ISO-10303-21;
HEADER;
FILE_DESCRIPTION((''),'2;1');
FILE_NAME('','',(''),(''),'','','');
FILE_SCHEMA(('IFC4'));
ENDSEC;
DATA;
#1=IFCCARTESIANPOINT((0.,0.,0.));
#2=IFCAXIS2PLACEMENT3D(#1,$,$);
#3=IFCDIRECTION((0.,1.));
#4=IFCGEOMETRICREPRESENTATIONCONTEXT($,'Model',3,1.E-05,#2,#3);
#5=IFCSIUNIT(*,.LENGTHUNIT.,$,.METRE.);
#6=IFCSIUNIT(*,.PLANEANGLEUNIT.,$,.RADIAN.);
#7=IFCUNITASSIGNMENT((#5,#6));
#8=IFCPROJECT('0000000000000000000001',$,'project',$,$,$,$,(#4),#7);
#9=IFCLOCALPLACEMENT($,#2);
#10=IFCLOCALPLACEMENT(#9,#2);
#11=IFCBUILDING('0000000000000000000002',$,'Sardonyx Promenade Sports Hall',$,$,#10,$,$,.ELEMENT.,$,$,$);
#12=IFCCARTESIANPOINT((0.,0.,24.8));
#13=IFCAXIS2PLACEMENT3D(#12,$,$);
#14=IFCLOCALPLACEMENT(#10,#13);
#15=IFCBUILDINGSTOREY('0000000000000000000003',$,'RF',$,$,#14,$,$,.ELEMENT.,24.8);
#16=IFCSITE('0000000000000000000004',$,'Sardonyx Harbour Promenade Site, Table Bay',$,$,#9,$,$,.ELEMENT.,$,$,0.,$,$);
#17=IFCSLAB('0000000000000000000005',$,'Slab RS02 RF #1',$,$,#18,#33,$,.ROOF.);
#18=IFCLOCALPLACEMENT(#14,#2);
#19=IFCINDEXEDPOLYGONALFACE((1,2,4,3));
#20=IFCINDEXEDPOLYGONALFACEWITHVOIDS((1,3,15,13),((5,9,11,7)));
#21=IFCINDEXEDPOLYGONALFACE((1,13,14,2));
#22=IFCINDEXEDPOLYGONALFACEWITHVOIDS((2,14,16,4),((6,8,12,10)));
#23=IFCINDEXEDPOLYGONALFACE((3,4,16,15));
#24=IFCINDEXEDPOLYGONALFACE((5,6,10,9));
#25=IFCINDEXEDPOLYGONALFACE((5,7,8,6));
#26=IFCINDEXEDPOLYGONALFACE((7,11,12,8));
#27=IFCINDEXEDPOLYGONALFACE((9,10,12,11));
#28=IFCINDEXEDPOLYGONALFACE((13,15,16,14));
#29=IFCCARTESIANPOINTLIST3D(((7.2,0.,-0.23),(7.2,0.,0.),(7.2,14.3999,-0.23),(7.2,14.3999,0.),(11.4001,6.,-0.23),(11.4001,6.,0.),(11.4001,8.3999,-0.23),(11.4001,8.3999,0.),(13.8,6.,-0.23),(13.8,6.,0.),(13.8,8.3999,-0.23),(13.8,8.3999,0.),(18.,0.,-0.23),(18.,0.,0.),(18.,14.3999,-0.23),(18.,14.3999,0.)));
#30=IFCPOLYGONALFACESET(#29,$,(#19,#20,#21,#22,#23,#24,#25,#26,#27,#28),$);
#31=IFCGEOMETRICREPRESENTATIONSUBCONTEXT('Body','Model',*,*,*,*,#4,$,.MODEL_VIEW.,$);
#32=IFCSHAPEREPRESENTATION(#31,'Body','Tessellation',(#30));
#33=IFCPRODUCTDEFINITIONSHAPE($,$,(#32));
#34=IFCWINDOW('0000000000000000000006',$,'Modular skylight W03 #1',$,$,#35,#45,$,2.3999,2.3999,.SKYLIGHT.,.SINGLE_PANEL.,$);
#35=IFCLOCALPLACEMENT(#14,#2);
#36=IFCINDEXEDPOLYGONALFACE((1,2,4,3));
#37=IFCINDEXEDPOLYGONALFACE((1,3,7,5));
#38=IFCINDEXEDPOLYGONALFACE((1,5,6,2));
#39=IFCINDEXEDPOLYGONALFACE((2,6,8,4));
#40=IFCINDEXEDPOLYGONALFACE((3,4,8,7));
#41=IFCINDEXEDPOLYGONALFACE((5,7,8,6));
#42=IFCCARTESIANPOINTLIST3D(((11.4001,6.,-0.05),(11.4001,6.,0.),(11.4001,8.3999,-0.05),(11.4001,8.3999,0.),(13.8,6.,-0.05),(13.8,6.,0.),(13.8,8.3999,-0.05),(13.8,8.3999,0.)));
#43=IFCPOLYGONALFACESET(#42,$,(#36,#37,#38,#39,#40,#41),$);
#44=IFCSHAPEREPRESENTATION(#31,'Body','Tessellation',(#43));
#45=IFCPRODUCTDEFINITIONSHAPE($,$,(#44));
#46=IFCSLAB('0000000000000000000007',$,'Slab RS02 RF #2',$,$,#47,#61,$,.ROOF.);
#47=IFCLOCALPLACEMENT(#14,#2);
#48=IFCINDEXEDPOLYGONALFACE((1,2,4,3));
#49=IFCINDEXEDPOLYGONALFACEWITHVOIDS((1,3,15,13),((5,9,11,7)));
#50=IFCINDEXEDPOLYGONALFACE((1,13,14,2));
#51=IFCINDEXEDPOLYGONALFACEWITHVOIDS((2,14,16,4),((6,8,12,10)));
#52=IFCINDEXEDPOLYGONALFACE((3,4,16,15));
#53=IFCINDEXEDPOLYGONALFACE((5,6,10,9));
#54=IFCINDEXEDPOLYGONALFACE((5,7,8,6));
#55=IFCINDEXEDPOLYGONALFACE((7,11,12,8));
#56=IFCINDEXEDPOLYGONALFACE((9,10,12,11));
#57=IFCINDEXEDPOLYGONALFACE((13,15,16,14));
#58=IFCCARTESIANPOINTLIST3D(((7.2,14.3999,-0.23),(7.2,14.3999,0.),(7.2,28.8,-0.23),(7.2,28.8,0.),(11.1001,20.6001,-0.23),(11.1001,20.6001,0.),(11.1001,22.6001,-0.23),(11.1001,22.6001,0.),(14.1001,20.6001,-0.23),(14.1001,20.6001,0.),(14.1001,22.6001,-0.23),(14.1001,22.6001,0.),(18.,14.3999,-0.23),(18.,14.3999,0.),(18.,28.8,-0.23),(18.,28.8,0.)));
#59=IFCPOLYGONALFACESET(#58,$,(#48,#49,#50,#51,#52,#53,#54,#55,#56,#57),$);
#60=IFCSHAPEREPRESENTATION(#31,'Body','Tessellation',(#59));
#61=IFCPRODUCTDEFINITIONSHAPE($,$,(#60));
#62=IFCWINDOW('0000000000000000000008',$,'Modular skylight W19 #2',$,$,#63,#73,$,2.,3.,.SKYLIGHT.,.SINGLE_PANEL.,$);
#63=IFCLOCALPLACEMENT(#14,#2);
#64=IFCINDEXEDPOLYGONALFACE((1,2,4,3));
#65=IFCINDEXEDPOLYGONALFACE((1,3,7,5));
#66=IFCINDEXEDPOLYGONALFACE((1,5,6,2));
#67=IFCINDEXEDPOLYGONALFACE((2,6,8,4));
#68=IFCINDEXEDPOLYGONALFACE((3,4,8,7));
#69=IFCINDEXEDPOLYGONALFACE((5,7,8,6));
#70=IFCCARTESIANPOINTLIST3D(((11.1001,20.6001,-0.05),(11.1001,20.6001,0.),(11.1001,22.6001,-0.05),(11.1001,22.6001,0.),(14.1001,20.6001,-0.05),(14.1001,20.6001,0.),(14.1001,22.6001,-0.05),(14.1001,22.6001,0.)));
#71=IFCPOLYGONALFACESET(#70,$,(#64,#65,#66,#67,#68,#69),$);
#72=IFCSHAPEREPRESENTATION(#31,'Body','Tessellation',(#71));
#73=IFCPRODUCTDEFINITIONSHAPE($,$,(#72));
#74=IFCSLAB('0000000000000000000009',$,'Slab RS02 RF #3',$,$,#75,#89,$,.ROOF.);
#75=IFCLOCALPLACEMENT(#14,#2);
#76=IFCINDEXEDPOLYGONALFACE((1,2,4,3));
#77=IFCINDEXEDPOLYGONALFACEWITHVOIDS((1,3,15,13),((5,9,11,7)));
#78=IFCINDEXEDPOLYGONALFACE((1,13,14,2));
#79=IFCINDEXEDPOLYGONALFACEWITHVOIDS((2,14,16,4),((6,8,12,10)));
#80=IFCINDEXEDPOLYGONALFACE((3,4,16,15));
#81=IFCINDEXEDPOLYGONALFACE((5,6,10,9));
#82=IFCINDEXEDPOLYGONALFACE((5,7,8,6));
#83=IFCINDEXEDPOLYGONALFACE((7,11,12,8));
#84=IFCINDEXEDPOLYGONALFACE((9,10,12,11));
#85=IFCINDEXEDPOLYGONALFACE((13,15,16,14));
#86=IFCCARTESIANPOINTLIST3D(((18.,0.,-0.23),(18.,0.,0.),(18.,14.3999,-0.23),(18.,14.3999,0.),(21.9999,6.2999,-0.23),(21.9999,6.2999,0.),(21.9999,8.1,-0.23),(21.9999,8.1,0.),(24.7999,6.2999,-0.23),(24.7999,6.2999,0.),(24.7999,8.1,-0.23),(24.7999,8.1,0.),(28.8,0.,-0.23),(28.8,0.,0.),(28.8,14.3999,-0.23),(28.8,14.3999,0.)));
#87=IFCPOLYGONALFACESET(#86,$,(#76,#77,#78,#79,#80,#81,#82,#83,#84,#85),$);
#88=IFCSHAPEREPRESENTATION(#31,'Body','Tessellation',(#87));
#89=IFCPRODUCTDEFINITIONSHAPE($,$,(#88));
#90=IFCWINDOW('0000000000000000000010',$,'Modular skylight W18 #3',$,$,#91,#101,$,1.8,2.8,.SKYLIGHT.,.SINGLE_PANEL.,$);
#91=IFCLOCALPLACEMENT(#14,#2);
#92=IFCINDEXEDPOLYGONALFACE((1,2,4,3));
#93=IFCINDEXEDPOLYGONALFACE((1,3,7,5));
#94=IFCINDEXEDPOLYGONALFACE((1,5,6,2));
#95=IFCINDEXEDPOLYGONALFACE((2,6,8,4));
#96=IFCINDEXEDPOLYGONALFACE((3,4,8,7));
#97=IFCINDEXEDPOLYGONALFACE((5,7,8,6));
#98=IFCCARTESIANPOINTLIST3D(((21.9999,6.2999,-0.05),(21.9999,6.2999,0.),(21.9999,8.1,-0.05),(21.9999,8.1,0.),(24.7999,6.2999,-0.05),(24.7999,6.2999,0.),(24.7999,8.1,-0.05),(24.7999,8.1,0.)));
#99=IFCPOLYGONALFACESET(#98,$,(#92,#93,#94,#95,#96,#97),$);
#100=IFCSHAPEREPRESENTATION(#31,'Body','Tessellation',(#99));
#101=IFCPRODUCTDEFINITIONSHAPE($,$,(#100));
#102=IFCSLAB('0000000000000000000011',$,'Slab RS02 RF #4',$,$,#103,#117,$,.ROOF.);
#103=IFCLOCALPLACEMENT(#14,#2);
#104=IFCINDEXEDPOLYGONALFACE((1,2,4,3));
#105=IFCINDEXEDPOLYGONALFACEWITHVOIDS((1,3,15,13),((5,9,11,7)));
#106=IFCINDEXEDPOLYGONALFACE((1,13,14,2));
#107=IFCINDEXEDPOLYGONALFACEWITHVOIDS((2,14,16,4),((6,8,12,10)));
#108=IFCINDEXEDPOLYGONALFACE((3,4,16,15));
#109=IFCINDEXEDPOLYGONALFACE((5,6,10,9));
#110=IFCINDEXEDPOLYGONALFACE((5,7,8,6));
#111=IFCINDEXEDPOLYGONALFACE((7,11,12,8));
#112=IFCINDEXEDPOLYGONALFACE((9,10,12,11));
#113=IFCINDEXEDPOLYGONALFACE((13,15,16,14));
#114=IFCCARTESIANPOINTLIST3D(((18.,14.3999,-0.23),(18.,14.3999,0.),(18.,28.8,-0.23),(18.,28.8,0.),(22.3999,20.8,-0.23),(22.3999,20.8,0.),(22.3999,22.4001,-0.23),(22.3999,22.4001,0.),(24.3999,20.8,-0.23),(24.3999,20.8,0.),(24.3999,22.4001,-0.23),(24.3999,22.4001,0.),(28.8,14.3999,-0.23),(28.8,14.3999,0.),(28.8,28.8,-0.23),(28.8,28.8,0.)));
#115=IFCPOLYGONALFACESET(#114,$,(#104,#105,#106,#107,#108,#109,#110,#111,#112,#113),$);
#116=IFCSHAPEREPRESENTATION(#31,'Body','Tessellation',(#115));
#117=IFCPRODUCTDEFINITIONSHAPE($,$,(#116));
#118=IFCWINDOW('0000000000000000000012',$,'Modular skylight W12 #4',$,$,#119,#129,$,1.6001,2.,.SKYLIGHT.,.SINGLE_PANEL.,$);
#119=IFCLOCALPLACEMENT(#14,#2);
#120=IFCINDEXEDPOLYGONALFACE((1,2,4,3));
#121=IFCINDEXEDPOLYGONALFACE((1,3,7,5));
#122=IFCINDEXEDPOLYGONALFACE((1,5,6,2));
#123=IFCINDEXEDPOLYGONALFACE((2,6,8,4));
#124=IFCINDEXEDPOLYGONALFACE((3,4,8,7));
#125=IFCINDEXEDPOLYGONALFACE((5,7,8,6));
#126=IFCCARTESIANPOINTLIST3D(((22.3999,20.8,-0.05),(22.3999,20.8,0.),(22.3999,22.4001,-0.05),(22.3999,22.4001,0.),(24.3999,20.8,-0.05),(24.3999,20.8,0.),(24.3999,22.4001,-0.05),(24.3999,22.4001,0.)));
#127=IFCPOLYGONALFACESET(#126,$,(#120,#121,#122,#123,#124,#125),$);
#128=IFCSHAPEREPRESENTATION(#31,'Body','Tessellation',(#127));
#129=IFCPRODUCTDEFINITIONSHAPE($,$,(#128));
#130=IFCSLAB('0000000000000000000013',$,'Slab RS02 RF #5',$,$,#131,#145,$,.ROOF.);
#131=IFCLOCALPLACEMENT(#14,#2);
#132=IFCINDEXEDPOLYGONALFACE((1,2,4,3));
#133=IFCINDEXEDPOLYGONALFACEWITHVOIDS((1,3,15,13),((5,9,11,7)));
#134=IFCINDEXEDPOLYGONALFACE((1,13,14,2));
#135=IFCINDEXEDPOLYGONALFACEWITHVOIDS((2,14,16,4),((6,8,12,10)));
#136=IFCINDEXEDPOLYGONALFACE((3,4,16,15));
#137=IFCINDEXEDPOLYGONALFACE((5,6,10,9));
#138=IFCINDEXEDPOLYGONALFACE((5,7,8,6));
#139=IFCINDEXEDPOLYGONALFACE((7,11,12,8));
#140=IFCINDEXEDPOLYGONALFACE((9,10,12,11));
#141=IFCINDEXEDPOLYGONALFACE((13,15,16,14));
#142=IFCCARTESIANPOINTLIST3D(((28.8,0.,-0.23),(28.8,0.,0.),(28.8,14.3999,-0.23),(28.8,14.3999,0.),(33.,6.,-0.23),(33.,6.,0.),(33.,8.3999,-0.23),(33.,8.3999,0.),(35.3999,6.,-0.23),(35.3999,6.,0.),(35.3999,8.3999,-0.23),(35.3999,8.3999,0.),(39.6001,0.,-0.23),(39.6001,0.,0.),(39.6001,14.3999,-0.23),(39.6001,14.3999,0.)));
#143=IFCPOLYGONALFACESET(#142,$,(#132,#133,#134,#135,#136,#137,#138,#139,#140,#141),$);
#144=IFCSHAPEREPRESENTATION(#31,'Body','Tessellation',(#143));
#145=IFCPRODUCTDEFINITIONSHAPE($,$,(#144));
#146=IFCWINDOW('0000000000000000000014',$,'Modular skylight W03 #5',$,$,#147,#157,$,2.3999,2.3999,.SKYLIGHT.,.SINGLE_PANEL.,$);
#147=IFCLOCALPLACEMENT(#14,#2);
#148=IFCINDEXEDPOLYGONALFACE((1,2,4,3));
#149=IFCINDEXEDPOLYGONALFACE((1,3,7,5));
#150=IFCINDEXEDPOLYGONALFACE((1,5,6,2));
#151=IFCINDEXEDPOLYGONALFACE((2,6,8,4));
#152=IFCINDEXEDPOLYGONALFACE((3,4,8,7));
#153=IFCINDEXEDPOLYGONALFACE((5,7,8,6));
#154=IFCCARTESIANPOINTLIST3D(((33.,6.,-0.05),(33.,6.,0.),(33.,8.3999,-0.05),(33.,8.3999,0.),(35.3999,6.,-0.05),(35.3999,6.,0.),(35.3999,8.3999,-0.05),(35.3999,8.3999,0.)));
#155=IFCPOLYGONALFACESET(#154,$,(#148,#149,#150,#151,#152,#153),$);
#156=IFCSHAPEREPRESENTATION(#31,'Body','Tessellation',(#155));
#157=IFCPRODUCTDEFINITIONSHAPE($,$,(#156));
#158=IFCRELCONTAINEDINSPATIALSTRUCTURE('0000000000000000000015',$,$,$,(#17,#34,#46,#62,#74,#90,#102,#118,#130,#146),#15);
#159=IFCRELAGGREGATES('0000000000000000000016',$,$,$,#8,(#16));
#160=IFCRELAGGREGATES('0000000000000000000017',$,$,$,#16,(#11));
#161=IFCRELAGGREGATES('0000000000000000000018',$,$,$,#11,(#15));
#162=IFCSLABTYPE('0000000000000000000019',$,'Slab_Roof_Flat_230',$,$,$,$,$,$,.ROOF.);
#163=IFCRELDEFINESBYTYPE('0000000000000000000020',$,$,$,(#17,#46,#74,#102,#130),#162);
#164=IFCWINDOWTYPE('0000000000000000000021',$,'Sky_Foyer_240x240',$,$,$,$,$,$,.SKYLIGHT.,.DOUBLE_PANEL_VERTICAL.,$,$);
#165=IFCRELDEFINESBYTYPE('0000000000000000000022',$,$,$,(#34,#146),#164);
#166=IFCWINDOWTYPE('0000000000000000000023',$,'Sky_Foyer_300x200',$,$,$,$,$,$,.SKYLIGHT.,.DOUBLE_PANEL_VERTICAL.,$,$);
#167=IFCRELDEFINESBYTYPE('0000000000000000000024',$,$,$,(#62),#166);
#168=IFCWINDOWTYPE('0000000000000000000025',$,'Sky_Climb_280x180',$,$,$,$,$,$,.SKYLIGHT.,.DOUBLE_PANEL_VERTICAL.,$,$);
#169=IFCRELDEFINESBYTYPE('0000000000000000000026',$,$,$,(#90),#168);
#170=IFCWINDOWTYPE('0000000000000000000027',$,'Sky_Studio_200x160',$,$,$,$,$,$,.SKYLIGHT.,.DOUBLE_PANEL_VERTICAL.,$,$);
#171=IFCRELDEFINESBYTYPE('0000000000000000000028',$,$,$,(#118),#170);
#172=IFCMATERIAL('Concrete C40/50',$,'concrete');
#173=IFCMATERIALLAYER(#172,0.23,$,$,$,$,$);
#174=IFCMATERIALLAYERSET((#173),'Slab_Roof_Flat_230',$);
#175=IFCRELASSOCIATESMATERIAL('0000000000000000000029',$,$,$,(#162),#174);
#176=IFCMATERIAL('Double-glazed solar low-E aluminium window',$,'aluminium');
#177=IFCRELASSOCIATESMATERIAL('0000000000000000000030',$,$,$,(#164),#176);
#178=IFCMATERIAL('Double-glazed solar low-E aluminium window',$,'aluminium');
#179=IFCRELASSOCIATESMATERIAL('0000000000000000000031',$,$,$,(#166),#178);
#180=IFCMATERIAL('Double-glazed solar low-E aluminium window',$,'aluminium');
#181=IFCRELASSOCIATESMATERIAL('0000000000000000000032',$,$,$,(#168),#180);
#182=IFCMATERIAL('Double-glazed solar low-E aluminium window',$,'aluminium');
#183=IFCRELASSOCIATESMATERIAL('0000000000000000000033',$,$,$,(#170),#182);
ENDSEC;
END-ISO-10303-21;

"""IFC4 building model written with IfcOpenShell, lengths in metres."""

from ifc_helpers import new_model, si_unit, direction, frame, origin, origin_2d, place, context, subcontext, project, spatial, polyline, rectangle, outline, extrude, material, layer, layer_set, type_object, element, fill, save


model = new_model("IFC4")

# Units and contexts
model_context = context("Model", 3, precision=1e-05, world=origin(), true_north=direction((0.0, 1.0)))
body_context = subcontext(model_context, "Body", "Model", "MODEL_VIEW")
ifc_project = project(units=[si_unit("LENGTHUNIT", "METRE"), si_unit("PLANEANGLEUNIT", "RADIAN")], contexts=[model_context])

# Site, building, storey
site_placement = place(None, origin())
site = spatial("IfcSite", under=ifc_project, at=site_placement, Name="Sardonyx Harbour Promenade Site, Table Bay", CompositionType="ELEMENT", RefElevation=0.0)
building_placement = place(site_placement, origin())
building = spatial("IfcBuilding", under=site, at=building_placement, Name="Sardonyx Promenade Sports Hall", CompositionType="ELEMENT")
storey_placement = place(building_placement, frame((0.0, 0.0, 24.8)))
storey = spatial("IfcBuildingStorey", under=building, at=storey_placement, Name="RF", CompositionType="ELEMENT", Elevation=24.8)

# Slabs, openings, windows
ifc_material_1 = material(Name="Concrete C40/50", Category="concrete")
ifc_layer_1 = layer(ifc_material_1, 0.23)
ifc_layer_set_1 = layer_set([ifc_layer_1], Name="Slab_Roof_Flat_230")
slab_type = type_object("IfcSlabType", Name="Slab_Roof_Flat_230", PredefinedType="ROOF", material=ifc_layer_set_1)
slab_1_placement = place(storey_placement, frame((0.0, 0.0, -0.23)))
slab_1 = element("IfcSlab", 1, at=slab_1_placement, inside=storey, type_object=slab_type, Name="Slab RS02 RF #1", PredefinedType="ROOF", context=body_context, shape_type="SweptSolid", body=[
    extrude(outline(polyline([(7.2, 0.0), (18.0, 0.0), (18.0, 14.3999), (7.2, 14.3999), (7.2, 0.0)])), origin(), (0.0, 0.0, 1.0), 0.23),
])
opening_1_placement = place(slab_1_placement, frame((12.6001, 7.2, 0.0)))
opening_1 = element("IfcOpeningElement", 2, at=opening_1_placement, cuts=slab_1, PredefinedType="OPENING", context=body_context, shape_type="SweptSolid", body=[
    extrude(rectangle(XDim=2.3999, YDim=2.3999, at=origin_2d()), origin(), (0.0, 0.0, 1.0), 0.23),
])
ifc_material_2 = material(Name="Double-glazed solar low-E aluminium window", Category="aluminium")
window_type_1 = type_object("IfcWindowType", Name="Sky_Foyer_240x240", PartitioningType="DOUBLE_PANEL_VERTICAL", PredefinedType="SKYLIGHT", material=ifc_material_2)
window_1_placement = place(opening_1_placement, frame((0.0, 0.0, 0.1799)))
window_1 = element("IfcWindow", 3, at=window_1_placement, inside=storey, type_object=window_type_1, Name="Modular skylight W03 #1", OverallHeight=2.3999, OverallWidth=2.3999, PartitioningType="SINGLE_PANEL", PredefinedType="SKYLIGHT", context=body_context, shape_type="SweptSolid", body=[
    extrude(rectangle(XDim=2.3999, YDim=2.3999, at=origin_2d()), origin(), (0.0, 0.0, 1.0), 0.05),
])
fill(opening_1, window_1)
slab_2_placement = place(storey_placement, frame((0.0, 0.0, -0.23)))
slab_2 = element("IfcSlab", 4, at=slab_2_placement, inside=storey, type_object=slab_type, Name="Slab RS02 RF #2", PredefinedType="ROOF", context=body_context, shape_type="SweptSolid", body=[
    extrude(outline(polyline([(7.2, 14.3999), (18.0, 14.3999), (18.0, 28.8), (7.2, 28.8), (7.2, 14.3999)])), origin(), (0.0, 0.0, 1.0), 0.23),
])
opening_2_placement = place(slab_2_placement, frame((12.6001, 21.6001, 0.0)))
opening_2 = element("IfcOpeningElement", 5, at=opening_2_placement, cuts=slab_2, PredefinedType="OPENING", context=body_context, shape_type="SweptSolid", body=[
    extrude(rectangle(XDim=3.0, YDim=2.0, at=origin_2d()), origin(), (0.0, 0.0, 1.0), 0.23),
])
ifc_material_3 = material(Name="Double-glazed solar low-E aluminium window", Category="aluminium")
window_type_2 = type_object("IfcWindowType", Name="Sky_Foyer_300x200", PartitioningType="DOUBLE_PANEL_VERTICAL", PredefinedType="SKYLIGHT", material=ifc_material_3)
window_2_placement = place(opening_2_placement, frame((0.0, 0.0, 0.1799)))
window_2 = element("IfcWindow", 6, at=window_2_placement, inside=storey, type_object=window_type_2, Name="Modular skylight W19 #2", OverallHeight=2.0, OverallWidth=3.0, PartitioningType="SINGLE_PANEL", PredefinedType="SKYLIGHT", context=body_context, shape_type="SweptSolid", body=[
    extrude(rectangle(XDim=3.0, YDim=2.0, at=origin_2d()), origin(), (0.0, 0.0, 1.0), 0.05),
])
fill(opening_2, window_2)
slab_3_placement = place(storey_placement, frame((0.0, 0.0, -0.23)))
slab_3 = element("IfcSlab", 7, at=slab_3_placement, inside=storey, type_object=slab_type, Name="Slab RS02 RF #3", PredefinedType="ROOF", context=body_context, shape_type="SweptSolid", body=[
    extrude(outline(polyline([(18.0, 0.0), (28.8, 0.0), (28.8, 14.3999), (18.0, 14.3999), (18.0, 0.0)])), origin(), (0.0, 0.0, 1.0), 0.23),
])
opening_3_placement = place(slab_3_placement, frame((23.3999, 7.2, 0.0)))
opening_3 = element("IfcOpeningElement", 8, at=opening_3_placement, cuts=slab_3, PredefinedType="OPENING", context=body_context, shape_type="SweptSolid", body=[
    extrude(rectangle(XDim=2.8, YDim=1.8, at=origin_2d()), origin(), (0.0, 0.0, 1.0), 0.23),
])
ifc_material_4 = material(Name="Double-glazed solar low-E aluminium window", Category="aluminium")
window_type_3 = type_object("IfcWindowType", Name="Sky_Climb_280x180", PartitioningType="DOUBLE_PANEL_VERTICAL", PredefinedType="SKYLIGHT", material=ifc_material_4)
window_3_placement = place(opening_3_placement, frame((0.0, 0.0, 0.1799)))
window_3 = element("IfcWindow", 9, at=window_3_placement, inside=storey, type_object=window_type_3, Name="Modular skylight W18 #3", OverallHeight=1.8, OverallWidth=2.8, PartitioningType="SINGLE_PANEL", PredefinedType="SKYLIGHT", context=body_context, shape_type="SweptSolid", body=[
    extrude(rectangle(XDim=2.8, YDim=1.8, at=origin_2d()), origin(), (0.0, 0.0, 1.0), 0.05),
])
fill(opening_3, window_3)
slab_4_placement = place(storey_placement, frame((0.0, 0.0, -0.23)))
slab_4 = element("IfcSlab", 10, at=slab_4_placement, inside=storey, type_object=slab_type, Name="Slab RS02 RF #4", PredefinedType="ROOF", context=body_context, shape_type="SweptSolid", body=[
    extrude(outline(polyline([(18.0, 14.3999), (28.8, 14.3999), (28.8, 28.8), (18.0, 28.8), (18.0, 14.3999)])), origin(), (0.0, 0.0, 1.0), 0.23),
])
opening_4_placement = place(slab_4_placement, frame((23.3999, 21.6001, 0.0)))
opening_4 = element("IfcOpeningElement", 11, at=opening_4_placement, cuts=slab_4, PredefinedType="OPENING", context=body_context, shape_type="SweptSolid", body=[
    extrude(rectangle(XDim=2.0, YDim=1.6001, at=origin_2d()), origin(), (0.0, 0.0, 1.0), 0.23),
])
ifc_material_5 = material(Name="Double-glazed solar low-E aluminium window", Category="aluminium")
window_type_4 = type_object("IfcWindowType", Name="Sky_Studio_200x160", PartitioningType="DOUBLE_PANEL_VERTICAL", PredefinedType="SKYLIGHT", material=ifc_material_5)
window_4_placement = place(opening_4_placement, frame((0.0, 0.0, 0.1799)))
window_4 = element("IfcWindow", 12, at=window_4_placement, inside=storey, type_object=window_type_4, Name="Modular skylight W12 #4", OverallHeight=1.6001, OverallWidth=2.0, PartitioningType="SINGLE_PANEL", PredefinedType="SKYLIGHT", context=body_context, shape_type="SweptSolid", body=[
    extrude(rectangle(XDim=2.0, YDim=1.6001, at=origin_2d()), origin(), (0.0, 0.0, 1.0), 0.05),
])
fill(opening_4, window_4)
slab_5_placement = place(storey_placement, frame((0.0, 0.0, -0.23)))
slab_5 = element("IfcSlab", 13, at=slab_5_placement, inside=storey, type_object=slab_type, Name="Slab RS02 RF #5", PredefinedType="ROOF", context=body_context, shape_type="SweptSolid", body=[
    extrude(outline(polyline([(28.8, 0.0), (39.6001, 0.0), (39.6001, 14.3999), (28.8, 14.3999), (28.8, 0.0)])), origin(), (0.0, 0.0, 1.0), 0.23),
])
opening_5_placement = place(slab_5_placement, frame((34.2, 7.2, 0.0)))
opening_5 = element("IfcOpeningElement", 14, at=opening_5_placement, cuts=slab_5, PredefinedType="OPENING", context=body_context, shape_type="SweptSolid", body=[
    extrude(rectangle(XDim=2.3999, YDim=2.3999, at=origin_2d()), origin(), (0.0, 0.0, 1.0), 0.23),
])
window_5_placement = place(opening_5_placement, frame((0.0, 0.0, 0.1799)))
window_5 = element("IfcWindow", 15, at=window_5_placement, inside=storey, type_object=window_type_1, Name="Modular skylight W03 #5", OverallHeight=2.3999, OverallWidth=2.3999, PartitioningType="SINGLE_PANEL", PredefinedType="SKYLIGHT", context=body_context, shape_type="SweptSolid", body=[
    extrude(rectangle(XDim=2.3999, YDim=2.3999, at=origin_2d()), origin(), (0.0, 0.0, 1.0), 0.05),
])
fill(opening_5, window_5)

save(model, "model.ifc")
